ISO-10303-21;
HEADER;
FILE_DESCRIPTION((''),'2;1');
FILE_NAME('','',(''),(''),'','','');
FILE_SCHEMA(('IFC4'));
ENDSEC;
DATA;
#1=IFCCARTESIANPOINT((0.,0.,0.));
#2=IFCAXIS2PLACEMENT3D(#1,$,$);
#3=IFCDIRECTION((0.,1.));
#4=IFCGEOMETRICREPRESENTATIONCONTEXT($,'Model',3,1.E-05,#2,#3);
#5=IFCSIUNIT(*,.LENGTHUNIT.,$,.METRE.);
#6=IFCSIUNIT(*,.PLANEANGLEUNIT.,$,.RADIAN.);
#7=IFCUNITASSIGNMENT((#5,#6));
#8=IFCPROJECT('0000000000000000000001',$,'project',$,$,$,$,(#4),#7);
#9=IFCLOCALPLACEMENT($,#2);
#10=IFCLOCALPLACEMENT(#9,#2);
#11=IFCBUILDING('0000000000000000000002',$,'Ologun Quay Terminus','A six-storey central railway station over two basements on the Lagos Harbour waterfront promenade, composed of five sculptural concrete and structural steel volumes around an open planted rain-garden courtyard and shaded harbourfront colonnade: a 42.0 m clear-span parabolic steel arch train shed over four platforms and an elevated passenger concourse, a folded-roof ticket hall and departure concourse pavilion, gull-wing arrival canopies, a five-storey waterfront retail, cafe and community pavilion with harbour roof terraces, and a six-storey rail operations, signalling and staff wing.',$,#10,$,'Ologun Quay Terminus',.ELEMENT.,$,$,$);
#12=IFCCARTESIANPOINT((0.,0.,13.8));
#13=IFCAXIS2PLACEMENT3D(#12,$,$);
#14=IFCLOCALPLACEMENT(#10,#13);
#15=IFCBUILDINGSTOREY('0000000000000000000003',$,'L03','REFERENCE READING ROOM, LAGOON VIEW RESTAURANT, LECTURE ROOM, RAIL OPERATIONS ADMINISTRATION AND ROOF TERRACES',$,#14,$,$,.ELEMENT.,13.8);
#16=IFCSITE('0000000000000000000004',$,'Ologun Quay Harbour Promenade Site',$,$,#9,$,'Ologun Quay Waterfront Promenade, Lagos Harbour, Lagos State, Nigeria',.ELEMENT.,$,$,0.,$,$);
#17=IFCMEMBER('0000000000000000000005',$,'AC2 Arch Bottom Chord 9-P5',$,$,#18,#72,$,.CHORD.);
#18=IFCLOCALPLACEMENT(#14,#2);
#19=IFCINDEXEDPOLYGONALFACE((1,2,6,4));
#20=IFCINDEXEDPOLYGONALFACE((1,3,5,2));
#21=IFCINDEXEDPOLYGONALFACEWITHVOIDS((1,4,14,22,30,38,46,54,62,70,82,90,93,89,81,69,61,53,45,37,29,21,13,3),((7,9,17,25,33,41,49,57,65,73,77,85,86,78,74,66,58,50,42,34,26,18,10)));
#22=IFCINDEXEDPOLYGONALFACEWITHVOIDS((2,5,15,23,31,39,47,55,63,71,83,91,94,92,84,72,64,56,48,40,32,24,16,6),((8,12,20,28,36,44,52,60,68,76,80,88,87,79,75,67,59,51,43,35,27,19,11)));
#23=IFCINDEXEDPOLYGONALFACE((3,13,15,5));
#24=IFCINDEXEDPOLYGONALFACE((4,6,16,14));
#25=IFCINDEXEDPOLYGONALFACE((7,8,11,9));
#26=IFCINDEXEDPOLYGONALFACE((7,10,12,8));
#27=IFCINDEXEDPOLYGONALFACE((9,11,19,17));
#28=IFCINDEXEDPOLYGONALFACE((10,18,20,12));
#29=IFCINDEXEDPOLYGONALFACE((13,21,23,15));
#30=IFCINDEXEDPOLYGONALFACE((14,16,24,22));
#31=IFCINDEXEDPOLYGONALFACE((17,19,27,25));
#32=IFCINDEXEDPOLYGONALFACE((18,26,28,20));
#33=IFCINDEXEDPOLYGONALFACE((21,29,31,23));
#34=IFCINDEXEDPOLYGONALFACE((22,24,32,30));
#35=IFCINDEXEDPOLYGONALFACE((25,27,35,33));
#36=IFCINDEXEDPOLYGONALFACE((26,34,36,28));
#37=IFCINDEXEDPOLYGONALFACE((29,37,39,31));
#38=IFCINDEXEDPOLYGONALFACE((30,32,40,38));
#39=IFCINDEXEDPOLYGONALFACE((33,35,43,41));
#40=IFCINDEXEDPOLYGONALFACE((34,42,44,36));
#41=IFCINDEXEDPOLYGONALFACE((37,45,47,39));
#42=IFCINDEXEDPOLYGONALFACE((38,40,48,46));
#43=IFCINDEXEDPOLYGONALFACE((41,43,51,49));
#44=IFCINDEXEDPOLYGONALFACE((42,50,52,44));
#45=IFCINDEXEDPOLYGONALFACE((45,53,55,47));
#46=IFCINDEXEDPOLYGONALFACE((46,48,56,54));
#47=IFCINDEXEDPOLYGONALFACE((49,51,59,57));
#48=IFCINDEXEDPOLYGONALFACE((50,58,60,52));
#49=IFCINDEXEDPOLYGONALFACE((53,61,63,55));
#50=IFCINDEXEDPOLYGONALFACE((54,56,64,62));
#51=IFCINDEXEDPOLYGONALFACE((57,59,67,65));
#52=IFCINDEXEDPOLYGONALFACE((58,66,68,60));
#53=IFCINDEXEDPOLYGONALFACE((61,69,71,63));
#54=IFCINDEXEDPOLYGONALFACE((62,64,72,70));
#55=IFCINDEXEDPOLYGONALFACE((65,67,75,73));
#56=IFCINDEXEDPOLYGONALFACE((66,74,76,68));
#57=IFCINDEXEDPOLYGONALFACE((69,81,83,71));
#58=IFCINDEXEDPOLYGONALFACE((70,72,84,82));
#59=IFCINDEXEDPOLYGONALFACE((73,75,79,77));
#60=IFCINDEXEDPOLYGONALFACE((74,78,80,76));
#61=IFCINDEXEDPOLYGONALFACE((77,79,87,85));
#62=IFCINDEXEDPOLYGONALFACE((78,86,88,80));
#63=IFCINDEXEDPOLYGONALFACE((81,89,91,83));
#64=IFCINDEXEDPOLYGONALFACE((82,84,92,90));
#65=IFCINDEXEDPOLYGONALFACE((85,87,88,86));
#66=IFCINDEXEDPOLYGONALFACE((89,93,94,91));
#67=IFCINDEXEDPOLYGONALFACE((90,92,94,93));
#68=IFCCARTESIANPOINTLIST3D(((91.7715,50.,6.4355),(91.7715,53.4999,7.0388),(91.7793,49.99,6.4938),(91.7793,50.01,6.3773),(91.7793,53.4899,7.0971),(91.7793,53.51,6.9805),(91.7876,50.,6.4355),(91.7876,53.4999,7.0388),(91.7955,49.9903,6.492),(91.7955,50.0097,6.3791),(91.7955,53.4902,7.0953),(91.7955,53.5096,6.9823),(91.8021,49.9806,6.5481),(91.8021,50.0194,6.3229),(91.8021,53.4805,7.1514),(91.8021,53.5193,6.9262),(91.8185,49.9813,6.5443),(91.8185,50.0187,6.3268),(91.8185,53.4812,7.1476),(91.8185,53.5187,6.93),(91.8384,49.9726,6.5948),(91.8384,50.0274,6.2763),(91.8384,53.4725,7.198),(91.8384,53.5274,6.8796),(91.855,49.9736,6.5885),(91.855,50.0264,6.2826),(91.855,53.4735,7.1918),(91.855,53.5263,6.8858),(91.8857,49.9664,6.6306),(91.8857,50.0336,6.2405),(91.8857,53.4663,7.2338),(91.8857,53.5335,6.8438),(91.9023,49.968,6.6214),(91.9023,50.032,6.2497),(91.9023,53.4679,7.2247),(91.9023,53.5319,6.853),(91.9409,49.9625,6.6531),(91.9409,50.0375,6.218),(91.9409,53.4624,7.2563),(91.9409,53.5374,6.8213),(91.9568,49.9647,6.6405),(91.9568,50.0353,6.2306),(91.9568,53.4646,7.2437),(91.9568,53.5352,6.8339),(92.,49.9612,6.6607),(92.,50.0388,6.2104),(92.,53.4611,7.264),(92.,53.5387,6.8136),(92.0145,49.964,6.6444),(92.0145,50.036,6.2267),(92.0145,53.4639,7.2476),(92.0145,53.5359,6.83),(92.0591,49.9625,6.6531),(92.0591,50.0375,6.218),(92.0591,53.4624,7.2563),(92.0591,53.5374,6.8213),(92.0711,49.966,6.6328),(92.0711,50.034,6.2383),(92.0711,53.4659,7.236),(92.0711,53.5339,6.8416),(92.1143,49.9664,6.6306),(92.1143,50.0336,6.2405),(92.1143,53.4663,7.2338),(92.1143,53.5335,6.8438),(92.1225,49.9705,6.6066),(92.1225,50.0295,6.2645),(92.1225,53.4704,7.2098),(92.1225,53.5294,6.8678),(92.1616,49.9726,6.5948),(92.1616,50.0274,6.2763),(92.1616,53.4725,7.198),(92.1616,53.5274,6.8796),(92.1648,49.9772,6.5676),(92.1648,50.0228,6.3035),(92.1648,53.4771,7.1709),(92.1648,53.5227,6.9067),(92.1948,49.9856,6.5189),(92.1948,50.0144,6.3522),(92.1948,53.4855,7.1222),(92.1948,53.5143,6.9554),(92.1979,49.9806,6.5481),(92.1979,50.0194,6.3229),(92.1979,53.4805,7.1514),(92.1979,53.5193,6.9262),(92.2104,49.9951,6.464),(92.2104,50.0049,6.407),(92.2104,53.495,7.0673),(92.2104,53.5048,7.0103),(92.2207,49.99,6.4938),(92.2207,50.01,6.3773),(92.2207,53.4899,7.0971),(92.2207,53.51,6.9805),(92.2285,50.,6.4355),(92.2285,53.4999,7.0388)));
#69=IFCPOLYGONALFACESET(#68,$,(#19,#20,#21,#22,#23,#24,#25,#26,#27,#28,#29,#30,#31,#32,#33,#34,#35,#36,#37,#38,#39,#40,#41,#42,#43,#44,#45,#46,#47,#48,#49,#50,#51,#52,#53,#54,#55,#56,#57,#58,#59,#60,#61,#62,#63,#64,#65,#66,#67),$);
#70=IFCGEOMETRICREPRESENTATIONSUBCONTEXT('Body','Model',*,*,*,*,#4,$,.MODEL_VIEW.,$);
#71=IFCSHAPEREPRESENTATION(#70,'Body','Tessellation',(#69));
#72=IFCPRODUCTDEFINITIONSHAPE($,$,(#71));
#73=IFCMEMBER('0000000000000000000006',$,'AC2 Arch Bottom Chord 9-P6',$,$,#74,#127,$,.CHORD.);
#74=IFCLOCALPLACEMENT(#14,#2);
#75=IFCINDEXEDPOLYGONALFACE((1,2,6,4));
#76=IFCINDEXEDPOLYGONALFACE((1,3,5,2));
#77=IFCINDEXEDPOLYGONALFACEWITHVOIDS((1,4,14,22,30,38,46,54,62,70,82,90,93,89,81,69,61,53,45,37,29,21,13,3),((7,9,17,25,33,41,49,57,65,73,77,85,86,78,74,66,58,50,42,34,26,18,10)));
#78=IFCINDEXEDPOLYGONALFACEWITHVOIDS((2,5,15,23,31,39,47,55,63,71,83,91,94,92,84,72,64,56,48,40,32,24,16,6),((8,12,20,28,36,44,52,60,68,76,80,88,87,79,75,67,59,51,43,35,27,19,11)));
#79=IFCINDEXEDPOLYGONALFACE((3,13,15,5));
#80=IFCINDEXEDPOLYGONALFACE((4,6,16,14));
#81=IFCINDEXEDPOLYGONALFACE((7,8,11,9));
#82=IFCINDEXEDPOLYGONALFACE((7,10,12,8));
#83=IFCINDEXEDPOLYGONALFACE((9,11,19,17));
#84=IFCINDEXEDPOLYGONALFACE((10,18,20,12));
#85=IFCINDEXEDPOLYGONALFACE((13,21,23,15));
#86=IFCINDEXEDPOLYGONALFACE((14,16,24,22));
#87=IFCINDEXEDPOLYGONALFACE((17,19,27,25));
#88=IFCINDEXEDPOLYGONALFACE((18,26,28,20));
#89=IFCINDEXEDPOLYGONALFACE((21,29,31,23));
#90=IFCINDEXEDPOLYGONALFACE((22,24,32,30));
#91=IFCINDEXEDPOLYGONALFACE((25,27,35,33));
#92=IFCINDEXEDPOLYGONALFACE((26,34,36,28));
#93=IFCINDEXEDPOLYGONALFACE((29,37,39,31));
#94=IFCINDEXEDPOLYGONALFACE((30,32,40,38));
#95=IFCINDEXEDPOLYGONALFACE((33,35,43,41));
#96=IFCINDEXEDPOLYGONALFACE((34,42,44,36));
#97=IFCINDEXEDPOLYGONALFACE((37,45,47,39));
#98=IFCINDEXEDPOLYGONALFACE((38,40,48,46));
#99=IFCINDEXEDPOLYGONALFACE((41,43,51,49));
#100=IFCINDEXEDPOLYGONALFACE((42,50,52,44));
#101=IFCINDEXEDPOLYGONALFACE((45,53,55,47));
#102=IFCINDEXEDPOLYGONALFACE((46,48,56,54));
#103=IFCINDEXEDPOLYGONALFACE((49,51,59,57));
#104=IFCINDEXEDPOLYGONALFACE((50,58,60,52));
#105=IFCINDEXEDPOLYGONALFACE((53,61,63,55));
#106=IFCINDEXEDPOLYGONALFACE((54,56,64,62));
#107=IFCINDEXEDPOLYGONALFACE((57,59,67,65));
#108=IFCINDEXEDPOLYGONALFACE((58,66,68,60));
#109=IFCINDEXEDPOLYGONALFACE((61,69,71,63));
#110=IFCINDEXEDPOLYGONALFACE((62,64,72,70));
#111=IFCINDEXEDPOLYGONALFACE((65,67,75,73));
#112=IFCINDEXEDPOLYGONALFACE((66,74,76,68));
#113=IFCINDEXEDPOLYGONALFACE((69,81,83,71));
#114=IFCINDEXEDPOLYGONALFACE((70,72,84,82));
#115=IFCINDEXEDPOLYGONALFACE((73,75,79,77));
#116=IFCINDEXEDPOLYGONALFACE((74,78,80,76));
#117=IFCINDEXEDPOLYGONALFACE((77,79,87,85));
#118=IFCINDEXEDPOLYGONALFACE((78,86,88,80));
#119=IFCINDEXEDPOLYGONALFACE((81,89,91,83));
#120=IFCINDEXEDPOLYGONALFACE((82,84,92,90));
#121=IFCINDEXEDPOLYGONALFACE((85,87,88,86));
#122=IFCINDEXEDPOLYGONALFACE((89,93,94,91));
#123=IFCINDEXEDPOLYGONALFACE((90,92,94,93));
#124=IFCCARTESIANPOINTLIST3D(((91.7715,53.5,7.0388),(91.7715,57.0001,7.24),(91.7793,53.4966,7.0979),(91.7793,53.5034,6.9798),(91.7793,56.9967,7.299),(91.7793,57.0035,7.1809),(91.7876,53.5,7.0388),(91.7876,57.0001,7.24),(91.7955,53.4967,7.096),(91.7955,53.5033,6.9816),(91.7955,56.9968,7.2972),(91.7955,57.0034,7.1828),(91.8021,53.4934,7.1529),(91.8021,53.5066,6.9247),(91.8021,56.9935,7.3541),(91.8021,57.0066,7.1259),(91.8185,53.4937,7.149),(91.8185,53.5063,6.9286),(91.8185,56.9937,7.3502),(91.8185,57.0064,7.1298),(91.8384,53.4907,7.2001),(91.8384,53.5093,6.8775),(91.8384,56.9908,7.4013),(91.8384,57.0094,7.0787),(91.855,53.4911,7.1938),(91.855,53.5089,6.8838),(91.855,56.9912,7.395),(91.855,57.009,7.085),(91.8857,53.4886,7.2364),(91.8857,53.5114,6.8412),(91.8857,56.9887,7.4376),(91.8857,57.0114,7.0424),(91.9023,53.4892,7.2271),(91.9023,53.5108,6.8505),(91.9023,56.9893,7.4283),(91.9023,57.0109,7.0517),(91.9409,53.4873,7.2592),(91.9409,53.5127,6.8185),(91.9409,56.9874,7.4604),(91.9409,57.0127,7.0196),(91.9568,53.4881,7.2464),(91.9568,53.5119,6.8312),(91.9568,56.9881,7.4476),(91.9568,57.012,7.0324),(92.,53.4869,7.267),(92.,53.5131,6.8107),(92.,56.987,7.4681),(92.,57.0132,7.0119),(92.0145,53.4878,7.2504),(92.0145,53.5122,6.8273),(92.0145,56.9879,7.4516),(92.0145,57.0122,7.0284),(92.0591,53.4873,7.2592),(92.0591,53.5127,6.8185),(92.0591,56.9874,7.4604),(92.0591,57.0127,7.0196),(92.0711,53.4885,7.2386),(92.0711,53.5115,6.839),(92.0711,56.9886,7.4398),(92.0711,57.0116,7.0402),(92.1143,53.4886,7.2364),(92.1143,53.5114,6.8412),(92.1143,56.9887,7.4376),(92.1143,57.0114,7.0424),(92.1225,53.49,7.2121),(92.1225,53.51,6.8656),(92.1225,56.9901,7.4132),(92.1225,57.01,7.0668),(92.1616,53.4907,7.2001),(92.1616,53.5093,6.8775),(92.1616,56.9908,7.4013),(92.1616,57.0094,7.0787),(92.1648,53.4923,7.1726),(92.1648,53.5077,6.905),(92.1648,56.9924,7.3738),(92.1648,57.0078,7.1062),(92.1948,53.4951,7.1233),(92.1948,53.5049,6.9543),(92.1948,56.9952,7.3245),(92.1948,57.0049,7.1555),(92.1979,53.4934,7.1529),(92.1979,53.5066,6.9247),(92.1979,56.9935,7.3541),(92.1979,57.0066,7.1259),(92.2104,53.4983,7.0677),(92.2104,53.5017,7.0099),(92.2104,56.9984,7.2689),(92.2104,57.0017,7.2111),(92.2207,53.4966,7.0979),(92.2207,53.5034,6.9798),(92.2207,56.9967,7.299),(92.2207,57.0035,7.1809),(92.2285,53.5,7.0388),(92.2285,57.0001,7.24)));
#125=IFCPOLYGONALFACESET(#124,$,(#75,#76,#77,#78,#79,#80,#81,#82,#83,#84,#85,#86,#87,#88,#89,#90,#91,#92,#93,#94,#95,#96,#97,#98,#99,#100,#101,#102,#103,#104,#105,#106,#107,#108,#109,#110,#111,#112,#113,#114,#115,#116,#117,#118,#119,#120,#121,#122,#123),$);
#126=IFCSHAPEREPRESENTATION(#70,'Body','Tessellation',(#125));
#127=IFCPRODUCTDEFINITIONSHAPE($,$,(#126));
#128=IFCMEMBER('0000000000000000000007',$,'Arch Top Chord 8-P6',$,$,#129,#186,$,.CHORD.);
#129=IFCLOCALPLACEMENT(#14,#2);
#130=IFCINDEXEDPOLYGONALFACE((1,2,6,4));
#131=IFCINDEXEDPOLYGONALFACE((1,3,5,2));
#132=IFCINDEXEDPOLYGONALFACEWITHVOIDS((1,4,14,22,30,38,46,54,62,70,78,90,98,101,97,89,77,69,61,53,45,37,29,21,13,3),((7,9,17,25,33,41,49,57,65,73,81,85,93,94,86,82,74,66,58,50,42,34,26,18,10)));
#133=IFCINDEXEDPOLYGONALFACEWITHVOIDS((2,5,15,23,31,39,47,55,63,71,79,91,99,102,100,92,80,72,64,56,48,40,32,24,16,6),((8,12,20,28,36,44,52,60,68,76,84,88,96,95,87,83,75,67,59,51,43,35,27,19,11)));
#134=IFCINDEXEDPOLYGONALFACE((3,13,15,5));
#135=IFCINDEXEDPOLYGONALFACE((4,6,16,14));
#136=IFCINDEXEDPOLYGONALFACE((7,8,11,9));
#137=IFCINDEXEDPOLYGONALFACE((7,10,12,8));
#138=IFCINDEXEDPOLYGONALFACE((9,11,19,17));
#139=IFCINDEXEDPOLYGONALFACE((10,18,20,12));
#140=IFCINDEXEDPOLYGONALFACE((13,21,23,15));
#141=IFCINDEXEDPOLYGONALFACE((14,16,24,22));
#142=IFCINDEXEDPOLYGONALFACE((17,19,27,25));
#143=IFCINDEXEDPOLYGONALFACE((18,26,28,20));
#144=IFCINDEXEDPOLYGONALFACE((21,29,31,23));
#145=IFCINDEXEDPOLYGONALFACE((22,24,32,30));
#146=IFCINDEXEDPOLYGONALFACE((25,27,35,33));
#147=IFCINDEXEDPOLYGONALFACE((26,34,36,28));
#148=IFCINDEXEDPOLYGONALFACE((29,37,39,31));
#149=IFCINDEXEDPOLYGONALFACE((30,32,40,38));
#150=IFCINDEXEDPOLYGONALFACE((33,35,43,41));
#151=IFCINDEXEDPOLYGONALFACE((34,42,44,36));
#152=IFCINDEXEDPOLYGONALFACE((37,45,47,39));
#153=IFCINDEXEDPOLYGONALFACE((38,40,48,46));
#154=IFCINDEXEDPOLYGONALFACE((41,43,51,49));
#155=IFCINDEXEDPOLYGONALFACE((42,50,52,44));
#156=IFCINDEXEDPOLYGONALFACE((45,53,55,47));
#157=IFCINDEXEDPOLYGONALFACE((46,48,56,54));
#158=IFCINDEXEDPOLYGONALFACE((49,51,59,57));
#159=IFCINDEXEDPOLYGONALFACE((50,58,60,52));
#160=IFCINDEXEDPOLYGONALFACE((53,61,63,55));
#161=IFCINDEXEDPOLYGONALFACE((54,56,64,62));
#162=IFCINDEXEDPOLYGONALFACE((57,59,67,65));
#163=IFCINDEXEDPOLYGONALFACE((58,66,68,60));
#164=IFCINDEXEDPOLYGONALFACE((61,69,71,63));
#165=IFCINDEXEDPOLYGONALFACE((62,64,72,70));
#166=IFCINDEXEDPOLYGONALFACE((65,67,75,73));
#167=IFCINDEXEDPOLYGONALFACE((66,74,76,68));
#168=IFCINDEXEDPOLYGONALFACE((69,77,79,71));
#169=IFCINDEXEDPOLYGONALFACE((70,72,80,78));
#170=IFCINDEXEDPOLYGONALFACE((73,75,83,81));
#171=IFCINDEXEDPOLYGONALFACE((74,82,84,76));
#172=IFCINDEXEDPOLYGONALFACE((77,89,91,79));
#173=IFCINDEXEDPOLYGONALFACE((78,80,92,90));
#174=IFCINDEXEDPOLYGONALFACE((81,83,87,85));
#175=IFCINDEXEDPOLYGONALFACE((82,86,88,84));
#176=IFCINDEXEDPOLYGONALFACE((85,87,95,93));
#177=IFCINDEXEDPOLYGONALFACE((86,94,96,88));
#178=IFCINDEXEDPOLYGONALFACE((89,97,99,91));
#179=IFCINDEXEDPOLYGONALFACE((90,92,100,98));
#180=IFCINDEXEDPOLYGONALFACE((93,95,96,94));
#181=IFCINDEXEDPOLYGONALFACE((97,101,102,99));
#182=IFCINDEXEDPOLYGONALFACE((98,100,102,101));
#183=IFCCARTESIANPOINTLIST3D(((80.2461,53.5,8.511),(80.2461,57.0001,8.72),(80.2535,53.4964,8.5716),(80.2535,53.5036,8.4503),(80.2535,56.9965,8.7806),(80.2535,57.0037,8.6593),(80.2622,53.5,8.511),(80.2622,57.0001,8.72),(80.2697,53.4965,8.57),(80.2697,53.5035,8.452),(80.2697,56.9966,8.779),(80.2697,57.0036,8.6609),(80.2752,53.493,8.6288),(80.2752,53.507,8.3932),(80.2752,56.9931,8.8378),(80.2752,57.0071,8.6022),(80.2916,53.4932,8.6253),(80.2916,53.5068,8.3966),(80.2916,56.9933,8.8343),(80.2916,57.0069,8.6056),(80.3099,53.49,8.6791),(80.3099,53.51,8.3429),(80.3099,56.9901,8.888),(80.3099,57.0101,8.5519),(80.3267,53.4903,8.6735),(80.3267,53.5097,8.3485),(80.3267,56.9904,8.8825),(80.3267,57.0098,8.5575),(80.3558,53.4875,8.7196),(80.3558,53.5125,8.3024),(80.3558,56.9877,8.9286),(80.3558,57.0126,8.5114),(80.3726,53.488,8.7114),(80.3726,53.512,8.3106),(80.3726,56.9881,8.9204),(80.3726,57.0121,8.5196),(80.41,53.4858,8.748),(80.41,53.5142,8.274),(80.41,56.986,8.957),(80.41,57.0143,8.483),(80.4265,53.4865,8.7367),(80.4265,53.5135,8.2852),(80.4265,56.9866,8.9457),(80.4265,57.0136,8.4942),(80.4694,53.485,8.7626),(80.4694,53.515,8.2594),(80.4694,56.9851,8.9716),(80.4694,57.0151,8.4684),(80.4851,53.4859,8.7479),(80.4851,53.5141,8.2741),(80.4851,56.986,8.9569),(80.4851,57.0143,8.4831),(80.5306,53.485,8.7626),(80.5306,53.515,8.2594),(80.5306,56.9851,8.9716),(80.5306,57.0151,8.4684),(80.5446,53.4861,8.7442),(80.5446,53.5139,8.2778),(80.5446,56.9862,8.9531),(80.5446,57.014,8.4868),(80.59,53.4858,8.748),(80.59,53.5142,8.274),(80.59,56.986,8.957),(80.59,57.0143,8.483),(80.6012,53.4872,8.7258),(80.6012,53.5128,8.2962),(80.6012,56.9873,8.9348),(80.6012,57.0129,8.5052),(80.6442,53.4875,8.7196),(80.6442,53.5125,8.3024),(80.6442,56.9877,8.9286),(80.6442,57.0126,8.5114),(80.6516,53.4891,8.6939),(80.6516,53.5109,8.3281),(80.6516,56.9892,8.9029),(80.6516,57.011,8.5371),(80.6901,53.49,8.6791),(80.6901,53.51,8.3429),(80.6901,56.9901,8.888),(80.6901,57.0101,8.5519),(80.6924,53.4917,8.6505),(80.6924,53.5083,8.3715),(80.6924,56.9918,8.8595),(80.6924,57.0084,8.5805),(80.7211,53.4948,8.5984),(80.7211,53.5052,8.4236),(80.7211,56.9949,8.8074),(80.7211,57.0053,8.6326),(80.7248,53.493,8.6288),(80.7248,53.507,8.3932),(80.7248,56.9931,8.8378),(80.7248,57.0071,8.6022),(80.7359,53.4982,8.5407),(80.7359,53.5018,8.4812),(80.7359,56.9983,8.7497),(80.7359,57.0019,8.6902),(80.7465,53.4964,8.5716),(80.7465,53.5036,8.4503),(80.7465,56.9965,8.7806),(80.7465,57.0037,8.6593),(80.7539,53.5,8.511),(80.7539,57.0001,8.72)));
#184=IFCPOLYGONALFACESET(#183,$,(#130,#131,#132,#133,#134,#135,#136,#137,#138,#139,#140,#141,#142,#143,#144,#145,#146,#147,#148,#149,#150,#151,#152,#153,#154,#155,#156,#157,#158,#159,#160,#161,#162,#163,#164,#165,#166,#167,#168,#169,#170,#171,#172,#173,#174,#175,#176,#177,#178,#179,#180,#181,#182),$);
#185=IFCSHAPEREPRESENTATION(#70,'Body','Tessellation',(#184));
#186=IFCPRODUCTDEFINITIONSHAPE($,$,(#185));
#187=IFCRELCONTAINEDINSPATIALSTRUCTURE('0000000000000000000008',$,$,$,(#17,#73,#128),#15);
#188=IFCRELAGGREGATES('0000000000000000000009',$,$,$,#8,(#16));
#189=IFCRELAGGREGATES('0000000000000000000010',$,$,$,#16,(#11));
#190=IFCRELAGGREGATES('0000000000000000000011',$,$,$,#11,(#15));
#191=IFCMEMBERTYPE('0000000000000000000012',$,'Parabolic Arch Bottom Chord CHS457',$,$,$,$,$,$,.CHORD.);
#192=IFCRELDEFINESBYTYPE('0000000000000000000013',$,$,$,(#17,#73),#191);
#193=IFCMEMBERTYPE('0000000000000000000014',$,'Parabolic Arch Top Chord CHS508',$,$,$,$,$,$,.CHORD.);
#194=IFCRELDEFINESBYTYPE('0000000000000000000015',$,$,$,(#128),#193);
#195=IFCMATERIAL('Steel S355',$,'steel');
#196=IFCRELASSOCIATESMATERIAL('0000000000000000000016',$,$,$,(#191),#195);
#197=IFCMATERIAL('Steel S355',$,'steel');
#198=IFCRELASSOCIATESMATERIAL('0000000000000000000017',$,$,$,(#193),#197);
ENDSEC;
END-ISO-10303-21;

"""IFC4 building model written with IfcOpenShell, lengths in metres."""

from ifc_helpers import new_model, si_unit, direction, frame, origin, origin_2d, place, context, subcontext, project, spatial, hollow_circle, extrude, material, material_profile, profile_set, type_object, element, save


model = new_model("IFC4")

# Units and contexts
model_context = context("Model", 3, precision=1e-05, world=origin(), true_north=direction((0.0, 1.0)))
body_context = subcontext(model_context, "Body", "Model", "MODEL_VIEW")
ifc_project = project(units=[si_unit("LENGTHUNIT", "METRE"), si_unit("PLANEANGLEUNIT", "RADIAN")], contexts=[model_context])

# Site, building, storey
site_placement = place(None, origin())
site = spatial("IfcSite", under=ifc_project, at=site_placement, Name="Ologun Quay Harbour Promenade Site", LongName="Ologun Quay Waterfront Promenade, Lagos Harbour, Lagos State, Nigeria", CompositionType="ELEMENT", RefElevation=0.0)
building_placement = place(site_placement, origin())
building = spatial("IfcBuilding", under=site, at=building_placement, Name="Ologun Quay Terminus", Description="A six-storey central railway station over two basements on the Lagos Harbour waterfront promenade, composed of five sculptural concrete and structural steel volumes around an open planted rain-garden courtyard and shaded harbourfront colonnade: a 42.0 m clear-span parabolic steel arch train shed over four platforms and an elevated passenger concourse, a folded-roof ticket hall and departure concourse pavilion, gull-wing arrival canopies, a five-storey waterfront retail, cafe and community pavilion with harbour roof terraces, and a six-storey rail operations, signalling and staff wing.", LongName="Ologun Quay Terminus", CompositionType="ELEMENT")
storey_placement = place(building_placement, frame((0.0, 0.0, 13.8)))
storey = spatial("IfcBuildingStorey", under=building, at=storey_placement, Name="L03", Description="REFERENCE READING ROOM, LAGOON VIEW RESTAURANT, LECTURE ROOM, RAIL OPERATIONS ADMINISTRATION AND ROOF TERRACES", CompositionType="ELEMENT", Elevation=13.8)

# Members
ifc_material_1 = material(Name="Steel S355", Category="steel")
ifc_material_profile_1 = material_profile(ifc_material_1, hollow_circle(Radius=0.2285, WallThickness=0.0161, at=origin_2d()), Name="CHS 457x16")
ifc_profile_set_1 = profile_set([ifc_material_profile_1], Name="Steel S355")
member_type_1 = type_object("IfcMemberType", Name="Parabolic Arch Bottom Chord CHS457", PredefinedType="CHORD", material=ifc_profile_set_1)
member_1_placement = place(storey_placement, frame((92.0, 50.0, 6.4355), z_axis=(0.0, 0.985468, 0.169859), x_axis=(-1.0, 0.0, 0.0)))
element("IfcMember", 1, at=member_1_placement, inside=storey, type_object=member_type_1, Name="AC2 Arch Bottom Chord 9-P5", PredefinedType="CHORD", context=body_context, shape_type="SweptSolid", body=[
    extrude(hollow_circle(Radius=0.2285, WallThickness=0.0161, at=origin_2d()), origin(), (0.0, 0.0, 1.0), 3.5515),
])
member_2_placement = place(storey_placement, frame((92.0, 53.5, 7.0388), z_axis=(0.0, 0.998352, 0.057383), x_axis=(-1.0, 0.0, 0.0)))
element("IfcMember", 2, at=member_2_placement, inside=storey, type_object=member_type_1, Name="AC2 Arch Bottom Chord 9-P6", PredefinedType="CHORD", context=body_context, shape_type="SweptSolid", body=[
    extrude(hollow_circle(Radius=0.2285, WallThickness=0.0161, at=origin_2d()), origin(), (0.0, 0.0, 1.0), 3.5059),
])
ifc_material_2 = material(Name="Steel S355", Category="steel")
ifc_material_profile_2 = material_profile(ifc_material_2, hollow_circle(Radius=0.2539, WallThickness=0.0161, at=origin_2d()), Name="CHS 508x16")
ifc_profile_set_2 = profile_set([ifc_material_profile_2], Name="Steel S355")
member_type_2 = type_object("IfcMemberType", Name="Parabolic Arch Top Chord CHS508", PredefinedType="CHORD", material=ifc_profile_set_2)
member_3_placement = place(storey_placement, frame((80.5, 53.5, 8.511), z_axis=(0.0, 0.998222, 0.059604), x_axis=(-1.0, 0.0, 0.0)))
element("IfcMember", 3, at=member_3_placement, inside=storey, type_object=member_type_2, Name="Arch Top Chord 8-P6", PredefinedType="CHORD", context=body_context, shape_type="SweptSolid", body=[
    extrude(hollow_circle(Radius=0.2539, WallThickness=0.0161, at=origin_2d()), origin(), (0.0, 0.0, 1.0), 3.5063),
])

save(model, "model.ifc")
